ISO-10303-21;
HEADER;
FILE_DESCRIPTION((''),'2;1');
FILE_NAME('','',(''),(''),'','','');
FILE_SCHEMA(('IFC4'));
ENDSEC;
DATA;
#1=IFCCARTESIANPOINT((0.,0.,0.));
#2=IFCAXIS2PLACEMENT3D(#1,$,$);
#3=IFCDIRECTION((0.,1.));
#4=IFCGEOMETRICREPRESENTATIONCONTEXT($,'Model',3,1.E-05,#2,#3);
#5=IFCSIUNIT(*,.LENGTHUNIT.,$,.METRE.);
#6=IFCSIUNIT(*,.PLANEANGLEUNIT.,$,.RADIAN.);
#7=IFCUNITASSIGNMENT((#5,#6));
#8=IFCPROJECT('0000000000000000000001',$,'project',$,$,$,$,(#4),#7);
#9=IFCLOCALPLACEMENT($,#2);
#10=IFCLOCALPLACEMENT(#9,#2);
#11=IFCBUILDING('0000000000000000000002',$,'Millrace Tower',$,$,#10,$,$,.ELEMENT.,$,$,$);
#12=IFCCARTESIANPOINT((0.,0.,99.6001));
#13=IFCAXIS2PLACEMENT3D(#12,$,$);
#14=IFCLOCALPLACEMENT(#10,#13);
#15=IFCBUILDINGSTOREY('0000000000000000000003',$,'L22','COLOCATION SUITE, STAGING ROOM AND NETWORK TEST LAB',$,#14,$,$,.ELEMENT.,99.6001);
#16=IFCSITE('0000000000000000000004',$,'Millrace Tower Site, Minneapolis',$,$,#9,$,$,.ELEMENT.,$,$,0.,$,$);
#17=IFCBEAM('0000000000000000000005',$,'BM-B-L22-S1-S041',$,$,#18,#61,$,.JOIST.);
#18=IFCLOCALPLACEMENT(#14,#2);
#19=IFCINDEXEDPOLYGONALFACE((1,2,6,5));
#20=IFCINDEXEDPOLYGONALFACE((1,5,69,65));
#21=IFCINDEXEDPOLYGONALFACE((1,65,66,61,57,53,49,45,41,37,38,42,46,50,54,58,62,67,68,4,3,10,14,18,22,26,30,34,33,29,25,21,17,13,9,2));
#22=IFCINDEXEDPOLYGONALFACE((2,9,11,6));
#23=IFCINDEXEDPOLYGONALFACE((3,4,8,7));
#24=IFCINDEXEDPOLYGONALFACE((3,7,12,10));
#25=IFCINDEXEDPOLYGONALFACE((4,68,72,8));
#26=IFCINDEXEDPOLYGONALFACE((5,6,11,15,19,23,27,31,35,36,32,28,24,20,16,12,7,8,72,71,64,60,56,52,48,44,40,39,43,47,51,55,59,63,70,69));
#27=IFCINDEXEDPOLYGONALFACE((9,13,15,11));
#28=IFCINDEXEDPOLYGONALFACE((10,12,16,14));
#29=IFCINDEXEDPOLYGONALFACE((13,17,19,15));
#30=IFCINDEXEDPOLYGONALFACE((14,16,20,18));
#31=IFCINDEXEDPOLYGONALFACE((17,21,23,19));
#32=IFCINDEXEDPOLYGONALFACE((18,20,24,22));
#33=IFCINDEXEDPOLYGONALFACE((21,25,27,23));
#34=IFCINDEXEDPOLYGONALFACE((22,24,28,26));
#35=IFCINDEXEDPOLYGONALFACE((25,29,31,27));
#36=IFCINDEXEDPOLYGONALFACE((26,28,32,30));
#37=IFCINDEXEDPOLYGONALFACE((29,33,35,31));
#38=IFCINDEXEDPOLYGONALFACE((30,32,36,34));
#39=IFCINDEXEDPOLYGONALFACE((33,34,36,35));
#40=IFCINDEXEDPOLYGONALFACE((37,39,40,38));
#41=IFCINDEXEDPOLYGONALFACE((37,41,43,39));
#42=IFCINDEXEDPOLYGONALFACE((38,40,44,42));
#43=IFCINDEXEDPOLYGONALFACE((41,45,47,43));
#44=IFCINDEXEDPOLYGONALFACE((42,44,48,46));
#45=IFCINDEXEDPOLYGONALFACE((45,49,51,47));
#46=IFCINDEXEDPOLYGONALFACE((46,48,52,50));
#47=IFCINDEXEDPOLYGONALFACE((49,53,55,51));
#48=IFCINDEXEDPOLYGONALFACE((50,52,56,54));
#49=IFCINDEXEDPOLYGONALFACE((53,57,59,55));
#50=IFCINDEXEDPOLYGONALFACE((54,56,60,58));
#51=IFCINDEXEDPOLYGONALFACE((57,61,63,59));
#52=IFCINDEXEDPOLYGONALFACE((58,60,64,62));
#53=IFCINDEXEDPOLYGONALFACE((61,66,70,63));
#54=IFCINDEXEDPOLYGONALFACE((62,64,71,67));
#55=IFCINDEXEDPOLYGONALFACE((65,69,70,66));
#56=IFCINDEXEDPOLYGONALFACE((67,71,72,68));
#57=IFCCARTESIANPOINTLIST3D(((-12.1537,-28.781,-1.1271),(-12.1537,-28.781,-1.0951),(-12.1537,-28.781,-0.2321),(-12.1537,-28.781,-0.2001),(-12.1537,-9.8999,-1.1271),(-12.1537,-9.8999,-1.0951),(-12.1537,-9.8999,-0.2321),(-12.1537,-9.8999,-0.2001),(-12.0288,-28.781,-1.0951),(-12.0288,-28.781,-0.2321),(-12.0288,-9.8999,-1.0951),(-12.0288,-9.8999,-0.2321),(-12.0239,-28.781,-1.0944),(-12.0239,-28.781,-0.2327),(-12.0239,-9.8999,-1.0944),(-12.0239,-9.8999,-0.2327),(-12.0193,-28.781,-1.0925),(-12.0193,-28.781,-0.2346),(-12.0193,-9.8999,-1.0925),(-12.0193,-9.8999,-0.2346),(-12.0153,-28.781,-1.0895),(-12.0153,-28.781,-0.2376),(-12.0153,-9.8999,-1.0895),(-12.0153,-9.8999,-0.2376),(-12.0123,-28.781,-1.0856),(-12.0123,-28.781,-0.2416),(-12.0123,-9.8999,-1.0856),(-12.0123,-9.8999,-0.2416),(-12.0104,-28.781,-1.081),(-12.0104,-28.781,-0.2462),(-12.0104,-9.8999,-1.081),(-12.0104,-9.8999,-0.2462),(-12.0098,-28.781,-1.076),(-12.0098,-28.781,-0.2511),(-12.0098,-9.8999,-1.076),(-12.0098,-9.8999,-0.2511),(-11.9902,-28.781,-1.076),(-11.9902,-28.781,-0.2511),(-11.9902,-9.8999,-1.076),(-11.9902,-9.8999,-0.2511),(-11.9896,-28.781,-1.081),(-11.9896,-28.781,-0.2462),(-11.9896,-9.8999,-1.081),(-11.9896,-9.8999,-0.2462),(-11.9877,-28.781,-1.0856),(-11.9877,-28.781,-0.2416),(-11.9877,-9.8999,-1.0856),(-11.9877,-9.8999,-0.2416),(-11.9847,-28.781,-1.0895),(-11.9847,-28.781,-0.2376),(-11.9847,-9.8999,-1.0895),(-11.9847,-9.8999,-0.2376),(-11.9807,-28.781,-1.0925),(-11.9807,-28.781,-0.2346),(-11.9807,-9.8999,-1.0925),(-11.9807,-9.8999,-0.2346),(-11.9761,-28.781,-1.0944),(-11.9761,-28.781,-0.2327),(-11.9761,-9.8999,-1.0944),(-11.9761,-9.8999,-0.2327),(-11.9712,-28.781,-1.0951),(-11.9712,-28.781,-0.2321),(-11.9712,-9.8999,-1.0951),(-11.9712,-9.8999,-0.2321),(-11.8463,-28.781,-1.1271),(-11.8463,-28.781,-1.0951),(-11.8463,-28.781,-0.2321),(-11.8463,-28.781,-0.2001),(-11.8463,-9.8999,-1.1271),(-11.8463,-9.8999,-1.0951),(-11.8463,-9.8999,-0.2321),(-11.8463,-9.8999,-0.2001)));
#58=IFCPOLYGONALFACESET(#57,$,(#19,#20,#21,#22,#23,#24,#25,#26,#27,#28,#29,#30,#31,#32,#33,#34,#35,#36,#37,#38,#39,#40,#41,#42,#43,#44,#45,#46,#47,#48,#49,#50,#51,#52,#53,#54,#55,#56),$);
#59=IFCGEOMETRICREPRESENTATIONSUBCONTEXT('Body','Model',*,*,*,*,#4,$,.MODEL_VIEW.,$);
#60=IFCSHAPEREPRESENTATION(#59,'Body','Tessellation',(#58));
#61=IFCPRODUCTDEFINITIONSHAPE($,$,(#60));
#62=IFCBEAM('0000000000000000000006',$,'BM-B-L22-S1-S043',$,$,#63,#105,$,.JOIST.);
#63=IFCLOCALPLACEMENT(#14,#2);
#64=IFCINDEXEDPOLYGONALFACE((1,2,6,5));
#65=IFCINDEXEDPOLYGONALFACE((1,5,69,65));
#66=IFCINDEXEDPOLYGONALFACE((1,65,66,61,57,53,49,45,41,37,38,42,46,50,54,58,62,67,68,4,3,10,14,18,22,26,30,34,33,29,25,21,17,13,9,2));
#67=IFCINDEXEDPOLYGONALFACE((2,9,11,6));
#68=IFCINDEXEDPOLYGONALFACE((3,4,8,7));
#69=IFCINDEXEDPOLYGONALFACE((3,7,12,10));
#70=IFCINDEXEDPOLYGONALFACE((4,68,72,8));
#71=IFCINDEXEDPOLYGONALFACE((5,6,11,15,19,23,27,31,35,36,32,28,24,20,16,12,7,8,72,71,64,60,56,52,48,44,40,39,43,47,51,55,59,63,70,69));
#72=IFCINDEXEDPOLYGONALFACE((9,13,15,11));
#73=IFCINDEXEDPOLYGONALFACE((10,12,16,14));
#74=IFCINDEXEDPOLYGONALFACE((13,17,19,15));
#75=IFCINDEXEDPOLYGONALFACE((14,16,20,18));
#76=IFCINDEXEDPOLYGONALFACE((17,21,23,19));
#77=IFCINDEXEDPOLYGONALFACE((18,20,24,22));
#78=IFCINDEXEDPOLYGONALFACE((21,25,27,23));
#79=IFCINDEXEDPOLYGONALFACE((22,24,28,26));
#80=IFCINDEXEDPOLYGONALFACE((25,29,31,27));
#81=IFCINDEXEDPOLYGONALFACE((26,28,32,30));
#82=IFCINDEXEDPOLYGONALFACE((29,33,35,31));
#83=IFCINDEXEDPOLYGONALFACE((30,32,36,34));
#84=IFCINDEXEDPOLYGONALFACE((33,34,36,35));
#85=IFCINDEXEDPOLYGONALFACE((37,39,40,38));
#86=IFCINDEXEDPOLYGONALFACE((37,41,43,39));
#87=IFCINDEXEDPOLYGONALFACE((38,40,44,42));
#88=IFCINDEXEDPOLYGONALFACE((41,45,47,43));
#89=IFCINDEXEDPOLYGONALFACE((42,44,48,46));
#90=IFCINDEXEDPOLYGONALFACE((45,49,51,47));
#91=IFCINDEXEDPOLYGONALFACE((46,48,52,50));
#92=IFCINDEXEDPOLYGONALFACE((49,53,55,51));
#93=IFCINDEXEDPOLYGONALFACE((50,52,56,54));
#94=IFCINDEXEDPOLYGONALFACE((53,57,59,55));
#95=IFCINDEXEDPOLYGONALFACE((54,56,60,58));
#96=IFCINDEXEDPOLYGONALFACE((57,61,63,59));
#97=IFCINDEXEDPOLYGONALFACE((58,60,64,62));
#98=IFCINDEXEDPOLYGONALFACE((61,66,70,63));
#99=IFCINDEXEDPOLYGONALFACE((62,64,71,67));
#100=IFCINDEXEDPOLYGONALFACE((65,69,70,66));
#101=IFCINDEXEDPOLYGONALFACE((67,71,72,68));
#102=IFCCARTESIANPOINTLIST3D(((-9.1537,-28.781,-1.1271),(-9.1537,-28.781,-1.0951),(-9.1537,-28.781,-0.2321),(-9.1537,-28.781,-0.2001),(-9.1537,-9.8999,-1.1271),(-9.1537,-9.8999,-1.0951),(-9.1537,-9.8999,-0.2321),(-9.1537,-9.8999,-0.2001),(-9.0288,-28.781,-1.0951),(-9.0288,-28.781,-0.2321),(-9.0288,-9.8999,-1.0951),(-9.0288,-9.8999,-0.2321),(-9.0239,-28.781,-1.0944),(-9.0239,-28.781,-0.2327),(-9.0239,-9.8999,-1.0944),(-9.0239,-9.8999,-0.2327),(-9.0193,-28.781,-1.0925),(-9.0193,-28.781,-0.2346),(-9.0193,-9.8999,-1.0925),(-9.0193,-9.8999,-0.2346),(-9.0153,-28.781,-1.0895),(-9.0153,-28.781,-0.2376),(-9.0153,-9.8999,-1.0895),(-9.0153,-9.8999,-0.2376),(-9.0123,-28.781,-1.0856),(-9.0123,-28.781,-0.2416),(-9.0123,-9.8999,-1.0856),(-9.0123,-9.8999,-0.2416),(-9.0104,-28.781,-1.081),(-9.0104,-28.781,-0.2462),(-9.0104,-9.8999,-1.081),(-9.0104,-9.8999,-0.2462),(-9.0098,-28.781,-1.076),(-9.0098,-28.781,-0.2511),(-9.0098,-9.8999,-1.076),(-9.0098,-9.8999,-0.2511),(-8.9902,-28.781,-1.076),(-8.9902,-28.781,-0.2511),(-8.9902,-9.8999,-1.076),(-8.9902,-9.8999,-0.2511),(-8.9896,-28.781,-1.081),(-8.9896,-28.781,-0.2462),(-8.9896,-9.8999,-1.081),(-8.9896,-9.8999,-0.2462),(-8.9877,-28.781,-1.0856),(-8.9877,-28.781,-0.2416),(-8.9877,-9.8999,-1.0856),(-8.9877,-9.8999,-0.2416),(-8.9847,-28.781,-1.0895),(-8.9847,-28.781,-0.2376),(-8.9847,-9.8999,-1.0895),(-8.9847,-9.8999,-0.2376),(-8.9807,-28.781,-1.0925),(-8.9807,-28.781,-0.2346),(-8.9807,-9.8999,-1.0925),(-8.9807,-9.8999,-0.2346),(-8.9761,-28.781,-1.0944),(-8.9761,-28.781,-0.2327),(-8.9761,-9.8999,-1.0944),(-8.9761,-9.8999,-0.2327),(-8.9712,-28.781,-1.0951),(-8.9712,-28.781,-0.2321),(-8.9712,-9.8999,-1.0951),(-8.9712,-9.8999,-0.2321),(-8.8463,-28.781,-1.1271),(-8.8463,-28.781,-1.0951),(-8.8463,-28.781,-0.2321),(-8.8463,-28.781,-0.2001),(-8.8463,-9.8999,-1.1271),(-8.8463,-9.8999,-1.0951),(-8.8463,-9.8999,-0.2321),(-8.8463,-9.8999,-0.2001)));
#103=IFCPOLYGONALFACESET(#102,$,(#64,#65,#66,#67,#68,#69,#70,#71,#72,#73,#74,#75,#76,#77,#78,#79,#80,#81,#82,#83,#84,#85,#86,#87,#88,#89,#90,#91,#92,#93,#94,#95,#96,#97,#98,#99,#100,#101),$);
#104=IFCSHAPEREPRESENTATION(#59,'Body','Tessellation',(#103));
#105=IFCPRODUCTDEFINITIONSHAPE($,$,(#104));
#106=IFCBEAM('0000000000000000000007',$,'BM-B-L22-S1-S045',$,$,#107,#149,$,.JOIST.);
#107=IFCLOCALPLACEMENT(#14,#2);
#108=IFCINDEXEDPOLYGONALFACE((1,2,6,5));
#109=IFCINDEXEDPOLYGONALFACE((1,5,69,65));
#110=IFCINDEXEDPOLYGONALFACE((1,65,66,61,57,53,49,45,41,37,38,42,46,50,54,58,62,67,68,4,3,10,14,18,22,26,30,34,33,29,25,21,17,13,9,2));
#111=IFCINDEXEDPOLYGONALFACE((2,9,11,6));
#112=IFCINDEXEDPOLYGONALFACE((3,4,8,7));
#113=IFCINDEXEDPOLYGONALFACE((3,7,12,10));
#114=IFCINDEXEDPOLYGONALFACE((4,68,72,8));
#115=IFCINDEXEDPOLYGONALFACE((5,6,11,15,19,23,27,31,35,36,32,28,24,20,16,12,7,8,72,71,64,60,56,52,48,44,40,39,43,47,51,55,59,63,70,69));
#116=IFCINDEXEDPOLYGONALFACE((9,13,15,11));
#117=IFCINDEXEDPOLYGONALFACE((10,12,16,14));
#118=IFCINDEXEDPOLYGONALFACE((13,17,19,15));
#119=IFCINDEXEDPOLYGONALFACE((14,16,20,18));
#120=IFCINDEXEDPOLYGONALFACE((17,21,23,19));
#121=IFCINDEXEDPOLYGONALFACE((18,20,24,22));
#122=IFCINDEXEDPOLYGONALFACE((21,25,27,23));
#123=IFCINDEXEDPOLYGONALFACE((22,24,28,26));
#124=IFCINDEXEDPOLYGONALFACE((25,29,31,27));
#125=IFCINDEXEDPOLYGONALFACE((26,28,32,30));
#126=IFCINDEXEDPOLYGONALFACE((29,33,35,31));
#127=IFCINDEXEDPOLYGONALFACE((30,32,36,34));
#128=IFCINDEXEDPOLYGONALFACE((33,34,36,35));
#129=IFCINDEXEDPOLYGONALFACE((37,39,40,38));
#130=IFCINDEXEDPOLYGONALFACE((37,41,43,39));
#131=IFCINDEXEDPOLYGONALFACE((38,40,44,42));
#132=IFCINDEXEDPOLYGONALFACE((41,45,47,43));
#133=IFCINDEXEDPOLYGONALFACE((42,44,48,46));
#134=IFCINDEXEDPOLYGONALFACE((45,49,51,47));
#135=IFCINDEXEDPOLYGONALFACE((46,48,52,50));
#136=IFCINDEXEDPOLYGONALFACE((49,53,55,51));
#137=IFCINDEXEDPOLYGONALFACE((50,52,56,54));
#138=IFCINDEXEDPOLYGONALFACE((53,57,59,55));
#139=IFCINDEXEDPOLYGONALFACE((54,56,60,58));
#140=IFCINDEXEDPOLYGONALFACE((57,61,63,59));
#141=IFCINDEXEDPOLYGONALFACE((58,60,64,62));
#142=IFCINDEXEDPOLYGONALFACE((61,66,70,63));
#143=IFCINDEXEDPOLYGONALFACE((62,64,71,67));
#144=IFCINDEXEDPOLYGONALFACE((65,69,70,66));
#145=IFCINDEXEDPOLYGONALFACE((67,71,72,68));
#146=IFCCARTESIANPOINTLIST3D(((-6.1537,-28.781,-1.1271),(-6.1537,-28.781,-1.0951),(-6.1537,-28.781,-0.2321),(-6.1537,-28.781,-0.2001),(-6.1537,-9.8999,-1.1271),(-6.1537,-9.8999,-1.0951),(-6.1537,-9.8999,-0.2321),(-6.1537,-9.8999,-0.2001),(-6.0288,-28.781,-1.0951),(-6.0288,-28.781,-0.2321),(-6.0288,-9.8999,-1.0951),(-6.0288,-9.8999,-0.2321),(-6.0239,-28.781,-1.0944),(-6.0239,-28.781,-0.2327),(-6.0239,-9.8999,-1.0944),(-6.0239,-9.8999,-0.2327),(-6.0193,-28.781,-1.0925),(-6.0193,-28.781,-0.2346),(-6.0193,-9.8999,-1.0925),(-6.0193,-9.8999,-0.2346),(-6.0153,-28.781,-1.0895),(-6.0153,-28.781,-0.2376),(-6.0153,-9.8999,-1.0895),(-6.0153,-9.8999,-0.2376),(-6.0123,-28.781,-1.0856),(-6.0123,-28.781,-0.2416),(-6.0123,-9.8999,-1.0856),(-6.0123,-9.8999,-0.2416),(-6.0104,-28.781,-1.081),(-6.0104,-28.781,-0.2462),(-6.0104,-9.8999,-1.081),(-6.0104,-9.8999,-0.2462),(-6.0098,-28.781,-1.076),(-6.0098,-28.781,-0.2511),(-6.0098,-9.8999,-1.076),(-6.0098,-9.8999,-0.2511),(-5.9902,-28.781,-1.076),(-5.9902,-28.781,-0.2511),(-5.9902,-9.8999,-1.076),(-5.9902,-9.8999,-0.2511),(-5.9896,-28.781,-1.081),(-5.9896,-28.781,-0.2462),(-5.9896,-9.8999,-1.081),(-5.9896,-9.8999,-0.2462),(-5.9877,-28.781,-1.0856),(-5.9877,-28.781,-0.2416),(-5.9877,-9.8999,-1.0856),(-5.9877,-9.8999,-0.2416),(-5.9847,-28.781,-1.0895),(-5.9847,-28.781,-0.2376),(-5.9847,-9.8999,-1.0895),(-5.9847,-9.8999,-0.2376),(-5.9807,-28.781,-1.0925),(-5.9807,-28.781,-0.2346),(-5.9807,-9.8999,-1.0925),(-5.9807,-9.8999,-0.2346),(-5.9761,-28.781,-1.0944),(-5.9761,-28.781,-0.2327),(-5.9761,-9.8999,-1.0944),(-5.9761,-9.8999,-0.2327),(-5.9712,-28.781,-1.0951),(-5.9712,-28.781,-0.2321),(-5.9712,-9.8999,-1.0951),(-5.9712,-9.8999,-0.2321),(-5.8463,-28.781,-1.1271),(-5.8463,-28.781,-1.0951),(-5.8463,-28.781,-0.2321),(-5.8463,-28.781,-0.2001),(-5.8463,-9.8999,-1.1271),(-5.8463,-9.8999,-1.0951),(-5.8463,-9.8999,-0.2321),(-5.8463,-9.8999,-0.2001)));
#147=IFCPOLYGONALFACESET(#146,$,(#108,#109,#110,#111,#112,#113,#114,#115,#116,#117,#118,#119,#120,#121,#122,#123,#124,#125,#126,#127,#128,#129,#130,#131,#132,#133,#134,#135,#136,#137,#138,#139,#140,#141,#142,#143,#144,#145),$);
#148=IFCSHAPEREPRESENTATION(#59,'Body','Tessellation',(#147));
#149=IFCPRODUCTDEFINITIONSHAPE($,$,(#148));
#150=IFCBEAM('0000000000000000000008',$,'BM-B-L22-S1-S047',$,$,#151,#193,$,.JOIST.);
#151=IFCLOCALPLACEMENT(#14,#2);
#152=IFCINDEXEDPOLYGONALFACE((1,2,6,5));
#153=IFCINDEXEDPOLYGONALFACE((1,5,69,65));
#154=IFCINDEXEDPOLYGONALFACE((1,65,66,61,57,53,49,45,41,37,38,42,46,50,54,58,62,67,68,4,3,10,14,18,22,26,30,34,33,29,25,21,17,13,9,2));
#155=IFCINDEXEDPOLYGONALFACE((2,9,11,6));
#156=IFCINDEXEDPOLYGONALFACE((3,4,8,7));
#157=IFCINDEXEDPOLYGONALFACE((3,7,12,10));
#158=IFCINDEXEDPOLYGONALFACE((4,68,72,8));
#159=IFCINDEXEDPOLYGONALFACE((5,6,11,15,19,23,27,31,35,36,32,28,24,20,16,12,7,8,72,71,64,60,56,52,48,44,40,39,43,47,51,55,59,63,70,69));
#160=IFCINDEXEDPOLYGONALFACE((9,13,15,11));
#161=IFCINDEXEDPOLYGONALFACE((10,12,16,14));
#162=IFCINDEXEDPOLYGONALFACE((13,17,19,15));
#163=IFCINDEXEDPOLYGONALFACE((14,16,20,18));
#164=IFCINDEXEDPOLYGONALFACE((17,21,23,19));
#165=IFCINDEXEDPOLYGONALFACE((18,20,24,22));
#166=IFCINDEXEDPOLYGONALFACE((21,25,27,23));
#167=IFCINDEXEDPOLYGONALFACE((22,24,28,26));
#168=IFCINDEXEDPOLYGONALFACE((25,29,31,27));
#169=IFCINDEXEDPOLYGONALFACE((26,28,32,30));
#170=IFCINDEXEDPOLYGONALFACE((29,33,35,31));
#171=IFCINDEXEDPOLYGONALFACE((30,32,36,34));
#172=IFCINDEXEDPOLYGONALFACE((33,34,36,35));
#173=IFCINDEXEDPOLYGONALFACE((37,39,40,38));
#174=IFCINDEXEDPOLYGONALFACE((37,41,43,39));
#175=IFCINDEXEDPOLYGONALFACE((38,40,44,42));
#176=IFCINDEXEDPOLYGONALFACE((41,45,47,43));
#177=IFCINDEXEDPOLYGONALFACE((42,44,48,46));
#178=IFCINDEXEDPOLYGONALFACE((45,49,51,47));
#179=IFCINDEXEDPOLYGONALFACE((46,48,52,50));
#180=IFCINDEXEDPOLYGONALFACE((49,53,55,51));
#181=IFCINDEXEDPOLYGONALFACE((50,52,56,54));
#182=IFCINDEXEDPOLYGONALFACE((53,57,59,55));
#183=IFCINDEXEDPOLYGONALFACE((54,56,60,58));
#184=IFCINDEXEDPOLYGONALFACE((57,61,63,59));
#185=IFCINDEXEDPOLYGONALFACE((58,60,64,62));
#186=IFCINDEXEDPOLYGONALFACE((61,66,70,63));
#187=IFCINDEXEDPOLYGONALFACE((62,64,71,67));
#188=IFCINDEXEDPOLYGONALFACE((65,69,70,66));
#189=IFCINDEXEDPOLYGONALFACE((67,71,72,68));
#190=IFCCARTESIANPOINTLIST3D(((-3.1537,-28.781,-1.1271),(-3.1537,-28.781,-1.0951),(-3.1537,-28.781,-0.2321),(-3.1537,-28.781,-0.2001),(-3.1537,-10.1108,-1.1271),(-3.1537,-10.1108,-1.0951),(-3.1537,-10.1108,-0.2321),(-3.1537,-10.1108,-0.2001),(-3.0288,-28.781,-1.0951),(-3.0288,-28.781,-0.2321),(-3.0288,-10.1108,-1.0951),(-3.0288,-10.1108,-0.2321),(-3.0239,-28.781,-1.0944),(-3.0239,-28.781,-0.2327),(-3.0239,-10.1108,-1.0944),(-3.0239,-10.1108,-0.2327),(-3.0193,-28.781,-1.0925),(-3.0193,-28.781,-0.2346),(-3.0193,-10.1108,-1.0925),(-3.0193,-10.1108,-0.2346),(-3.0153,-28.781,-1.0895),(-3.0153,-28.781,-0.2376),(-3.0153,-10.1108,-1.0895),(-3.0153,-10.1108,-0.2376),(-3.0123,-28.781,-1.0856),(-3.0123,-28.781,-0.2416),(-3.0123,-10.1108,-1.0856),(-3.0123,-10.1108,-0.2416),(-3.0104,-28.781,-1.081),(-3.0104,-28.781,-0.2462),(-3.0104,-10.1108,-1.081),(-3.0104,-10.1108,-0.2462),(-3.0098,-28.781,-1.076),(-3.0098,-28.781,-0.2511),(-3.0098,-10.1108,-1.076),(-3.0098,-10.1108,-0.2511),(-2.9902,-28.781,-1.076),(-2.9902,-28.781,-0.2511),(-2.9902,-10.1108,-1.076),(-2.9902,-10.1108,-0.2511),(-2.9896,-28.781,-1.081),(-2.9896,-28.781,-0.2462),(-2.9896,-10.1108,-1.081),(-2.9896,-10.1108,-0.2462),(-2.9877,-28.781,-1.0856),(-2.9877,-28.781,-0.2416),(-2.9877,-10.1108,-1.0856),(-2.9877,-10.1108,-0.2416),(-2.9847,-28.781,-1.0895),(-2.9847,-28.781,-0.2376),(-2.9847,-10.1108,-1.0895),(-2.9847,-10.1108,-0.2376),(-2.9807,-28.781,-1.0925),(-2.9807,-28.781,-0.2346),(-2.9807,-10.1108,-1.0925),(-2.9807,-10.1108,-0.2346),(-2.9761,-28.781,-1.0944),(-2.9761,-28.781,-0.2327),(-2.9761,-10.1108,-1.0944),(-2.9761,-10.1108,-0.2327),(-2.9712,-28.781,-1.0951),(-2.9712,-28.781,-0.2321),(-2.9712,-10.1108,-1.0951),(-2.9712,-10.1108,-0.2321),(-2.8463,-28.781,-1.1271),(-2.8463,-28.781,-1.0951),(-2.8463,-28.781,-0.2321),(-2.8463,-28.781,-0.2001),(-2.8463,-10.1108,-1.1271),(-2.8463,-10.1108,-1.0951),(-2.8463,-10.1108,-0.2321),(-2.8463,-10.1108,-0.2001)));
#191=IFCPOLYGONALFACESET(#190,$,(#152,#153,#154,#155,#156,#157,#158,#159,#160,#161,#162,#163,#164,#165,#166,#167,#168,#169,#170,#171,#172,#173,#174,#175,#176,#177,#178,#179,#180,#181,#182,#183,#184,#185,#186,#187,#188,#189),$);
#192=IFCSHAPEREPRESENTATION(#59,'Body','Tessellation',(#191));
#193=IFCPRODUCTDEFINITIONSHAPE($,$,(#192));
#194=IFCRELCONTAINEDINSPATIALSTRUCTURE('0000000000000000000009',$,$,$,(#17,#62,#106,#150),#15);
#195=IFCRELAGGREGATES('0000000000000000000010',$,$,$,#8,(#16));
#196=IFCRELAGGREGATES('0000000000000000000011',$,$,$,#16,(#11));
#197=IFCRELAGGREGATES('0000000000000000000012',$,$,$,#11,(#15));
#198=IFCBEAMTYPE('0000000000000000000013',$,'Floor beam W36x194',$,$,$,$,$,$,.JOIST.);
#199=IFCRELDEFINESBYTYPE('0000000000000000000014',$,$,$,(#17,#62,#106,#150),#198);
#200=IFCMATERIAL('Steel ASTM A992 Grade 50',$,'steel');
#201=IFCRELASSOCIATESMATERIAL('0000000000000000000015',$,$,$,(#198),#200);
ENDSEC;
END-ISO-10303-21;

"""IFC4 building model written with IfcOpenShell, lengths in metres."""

from ifc_helpers import new_model, si_unit, direction, frame, origin, origin_2d, place, context, subcontext, project, spatial, i_section, extrude, material, material_profile, profile_set, type_object, element, save


model = new_model("IFC4")

# Units and contexts
model_context = context("Model", 3, precision=1e-05, world=origin(), true_north=direction((0.0, 1.0)))
body_context = subcontext(model_context, "Body", "Model", "MODEL_VIEW")
ifc_project = project(units=[si_unit("LENGTHUNIT", "METRE"), si_unit("PLANEANGLEUNIT", "RADIAN")], contexts=[model_context])

# Site, building, storey
site_placement = place(None, origin())
site = spatial("IfcSite", under=ifc_project, at=site_placement, Name="Millrace Tower Site, Minneapolis", CompositionType="ELEMENT", RefElevation=0.0)
building_placement = place(site_placement, origin())
building = spatial("IfcBuilding", under=site, at=building_placement, Name="Millrace Tower", CompositionType="ELEMENT")
storey_placement = place(building_placement, frame((0.0, 0.0, 99.6001)))
storey = spatial("IfcBuildingStorey", under=building, at=storey_placement, Name="L22", Description="COLOCATION SUITE, STAGING ROOM AND NETWORK TEST LAB", CompositionType="ELEMENT", Elevation=99.6001)

# Beams
ifc_material_1 = material(Name="Steel ASTM A992 Grade 50", Category="steel")
ifc_material_profile_1 = material_profile(ifc_material_1, i_section(OverallWidth=0.3074, OverallDepth=0.927, WebThickness=0.0195, FlangeThickness=0.032, FilletRadius=0.019, at=origin_2d()))
ifc_profile_set_1 = profile_set([ifc_material_profile_1], Name="Steel ASTM A992 Grade 50")
beam_type_1 = type_object("IfcBeamType", Name="Floor beam W36x194", PredefinedType="JOIST", material=ifc_profile_set_1)
for number, where, z_axis, x_axis, name in (
    (1, (-12.0, -28.781, -0.6636), (0.0, 1.0, 0.0), (-1.0, 0.0, 0.0), "BM-B-L22-S1-S041"),
    (2, (-9.0, -28.781, -0.6636), (0.0, 1.0, 0.0), (-1.0, 0.0, 0.0), "BM-B-L22-S1-S043"),
    (3, (-6.0, -28.781, -0.6636), (0.0, 1.0, 0.0), (-1.0, 0.0, 0.0), "BM-B-L22-S1-S045"),
):
    element("IfcBeam", number, at=place(storey_placement, frame(where, z_axis=z_axis, x_axis=x_axis)), inside=storey, type_object=beam_type_1, Name=name, PredefinedType="JOIST", context=body_context, shape_type="SweptSolid", body=[
        extrude(i_section(OverallWidth=0.3074, OverallDepth=0.927, WebThickness=0.0195, FlangeThickness=0.032, FilletRadius=0.019, at=origin_2d()), origin(), (0.0, 0.0, 1.0), 18.8811),
    ])
for number, where, z_axis, x_axis, name in (
    (4, (-3.0, -28.781, -0.6636), (0.0, 1.0, 0.0), (-1.0, 0.0, 0.0), "BM-B-L22-S1-S047"),
):
    element("IfcBeam", number, at=place(storey_placement, frame(where, z_axis=z_axis, x_axis=x_axis)), inside=storey, type_object=beam_type_1, Name=name, PredefinedType="JOIST", context=body_context, shape_type="SweptSolid", body=[
        extrude(i_section(OverallWidth=0.3074, OverallDepth=0.927, WebThickness=0.0195, FlangeThickness=0.032, FilletRadius=0.019, at=origin_2d()), origin(), (0.0, 0.0, 1.0), 18.6702),
    ])

save(model, "model.ifc")
